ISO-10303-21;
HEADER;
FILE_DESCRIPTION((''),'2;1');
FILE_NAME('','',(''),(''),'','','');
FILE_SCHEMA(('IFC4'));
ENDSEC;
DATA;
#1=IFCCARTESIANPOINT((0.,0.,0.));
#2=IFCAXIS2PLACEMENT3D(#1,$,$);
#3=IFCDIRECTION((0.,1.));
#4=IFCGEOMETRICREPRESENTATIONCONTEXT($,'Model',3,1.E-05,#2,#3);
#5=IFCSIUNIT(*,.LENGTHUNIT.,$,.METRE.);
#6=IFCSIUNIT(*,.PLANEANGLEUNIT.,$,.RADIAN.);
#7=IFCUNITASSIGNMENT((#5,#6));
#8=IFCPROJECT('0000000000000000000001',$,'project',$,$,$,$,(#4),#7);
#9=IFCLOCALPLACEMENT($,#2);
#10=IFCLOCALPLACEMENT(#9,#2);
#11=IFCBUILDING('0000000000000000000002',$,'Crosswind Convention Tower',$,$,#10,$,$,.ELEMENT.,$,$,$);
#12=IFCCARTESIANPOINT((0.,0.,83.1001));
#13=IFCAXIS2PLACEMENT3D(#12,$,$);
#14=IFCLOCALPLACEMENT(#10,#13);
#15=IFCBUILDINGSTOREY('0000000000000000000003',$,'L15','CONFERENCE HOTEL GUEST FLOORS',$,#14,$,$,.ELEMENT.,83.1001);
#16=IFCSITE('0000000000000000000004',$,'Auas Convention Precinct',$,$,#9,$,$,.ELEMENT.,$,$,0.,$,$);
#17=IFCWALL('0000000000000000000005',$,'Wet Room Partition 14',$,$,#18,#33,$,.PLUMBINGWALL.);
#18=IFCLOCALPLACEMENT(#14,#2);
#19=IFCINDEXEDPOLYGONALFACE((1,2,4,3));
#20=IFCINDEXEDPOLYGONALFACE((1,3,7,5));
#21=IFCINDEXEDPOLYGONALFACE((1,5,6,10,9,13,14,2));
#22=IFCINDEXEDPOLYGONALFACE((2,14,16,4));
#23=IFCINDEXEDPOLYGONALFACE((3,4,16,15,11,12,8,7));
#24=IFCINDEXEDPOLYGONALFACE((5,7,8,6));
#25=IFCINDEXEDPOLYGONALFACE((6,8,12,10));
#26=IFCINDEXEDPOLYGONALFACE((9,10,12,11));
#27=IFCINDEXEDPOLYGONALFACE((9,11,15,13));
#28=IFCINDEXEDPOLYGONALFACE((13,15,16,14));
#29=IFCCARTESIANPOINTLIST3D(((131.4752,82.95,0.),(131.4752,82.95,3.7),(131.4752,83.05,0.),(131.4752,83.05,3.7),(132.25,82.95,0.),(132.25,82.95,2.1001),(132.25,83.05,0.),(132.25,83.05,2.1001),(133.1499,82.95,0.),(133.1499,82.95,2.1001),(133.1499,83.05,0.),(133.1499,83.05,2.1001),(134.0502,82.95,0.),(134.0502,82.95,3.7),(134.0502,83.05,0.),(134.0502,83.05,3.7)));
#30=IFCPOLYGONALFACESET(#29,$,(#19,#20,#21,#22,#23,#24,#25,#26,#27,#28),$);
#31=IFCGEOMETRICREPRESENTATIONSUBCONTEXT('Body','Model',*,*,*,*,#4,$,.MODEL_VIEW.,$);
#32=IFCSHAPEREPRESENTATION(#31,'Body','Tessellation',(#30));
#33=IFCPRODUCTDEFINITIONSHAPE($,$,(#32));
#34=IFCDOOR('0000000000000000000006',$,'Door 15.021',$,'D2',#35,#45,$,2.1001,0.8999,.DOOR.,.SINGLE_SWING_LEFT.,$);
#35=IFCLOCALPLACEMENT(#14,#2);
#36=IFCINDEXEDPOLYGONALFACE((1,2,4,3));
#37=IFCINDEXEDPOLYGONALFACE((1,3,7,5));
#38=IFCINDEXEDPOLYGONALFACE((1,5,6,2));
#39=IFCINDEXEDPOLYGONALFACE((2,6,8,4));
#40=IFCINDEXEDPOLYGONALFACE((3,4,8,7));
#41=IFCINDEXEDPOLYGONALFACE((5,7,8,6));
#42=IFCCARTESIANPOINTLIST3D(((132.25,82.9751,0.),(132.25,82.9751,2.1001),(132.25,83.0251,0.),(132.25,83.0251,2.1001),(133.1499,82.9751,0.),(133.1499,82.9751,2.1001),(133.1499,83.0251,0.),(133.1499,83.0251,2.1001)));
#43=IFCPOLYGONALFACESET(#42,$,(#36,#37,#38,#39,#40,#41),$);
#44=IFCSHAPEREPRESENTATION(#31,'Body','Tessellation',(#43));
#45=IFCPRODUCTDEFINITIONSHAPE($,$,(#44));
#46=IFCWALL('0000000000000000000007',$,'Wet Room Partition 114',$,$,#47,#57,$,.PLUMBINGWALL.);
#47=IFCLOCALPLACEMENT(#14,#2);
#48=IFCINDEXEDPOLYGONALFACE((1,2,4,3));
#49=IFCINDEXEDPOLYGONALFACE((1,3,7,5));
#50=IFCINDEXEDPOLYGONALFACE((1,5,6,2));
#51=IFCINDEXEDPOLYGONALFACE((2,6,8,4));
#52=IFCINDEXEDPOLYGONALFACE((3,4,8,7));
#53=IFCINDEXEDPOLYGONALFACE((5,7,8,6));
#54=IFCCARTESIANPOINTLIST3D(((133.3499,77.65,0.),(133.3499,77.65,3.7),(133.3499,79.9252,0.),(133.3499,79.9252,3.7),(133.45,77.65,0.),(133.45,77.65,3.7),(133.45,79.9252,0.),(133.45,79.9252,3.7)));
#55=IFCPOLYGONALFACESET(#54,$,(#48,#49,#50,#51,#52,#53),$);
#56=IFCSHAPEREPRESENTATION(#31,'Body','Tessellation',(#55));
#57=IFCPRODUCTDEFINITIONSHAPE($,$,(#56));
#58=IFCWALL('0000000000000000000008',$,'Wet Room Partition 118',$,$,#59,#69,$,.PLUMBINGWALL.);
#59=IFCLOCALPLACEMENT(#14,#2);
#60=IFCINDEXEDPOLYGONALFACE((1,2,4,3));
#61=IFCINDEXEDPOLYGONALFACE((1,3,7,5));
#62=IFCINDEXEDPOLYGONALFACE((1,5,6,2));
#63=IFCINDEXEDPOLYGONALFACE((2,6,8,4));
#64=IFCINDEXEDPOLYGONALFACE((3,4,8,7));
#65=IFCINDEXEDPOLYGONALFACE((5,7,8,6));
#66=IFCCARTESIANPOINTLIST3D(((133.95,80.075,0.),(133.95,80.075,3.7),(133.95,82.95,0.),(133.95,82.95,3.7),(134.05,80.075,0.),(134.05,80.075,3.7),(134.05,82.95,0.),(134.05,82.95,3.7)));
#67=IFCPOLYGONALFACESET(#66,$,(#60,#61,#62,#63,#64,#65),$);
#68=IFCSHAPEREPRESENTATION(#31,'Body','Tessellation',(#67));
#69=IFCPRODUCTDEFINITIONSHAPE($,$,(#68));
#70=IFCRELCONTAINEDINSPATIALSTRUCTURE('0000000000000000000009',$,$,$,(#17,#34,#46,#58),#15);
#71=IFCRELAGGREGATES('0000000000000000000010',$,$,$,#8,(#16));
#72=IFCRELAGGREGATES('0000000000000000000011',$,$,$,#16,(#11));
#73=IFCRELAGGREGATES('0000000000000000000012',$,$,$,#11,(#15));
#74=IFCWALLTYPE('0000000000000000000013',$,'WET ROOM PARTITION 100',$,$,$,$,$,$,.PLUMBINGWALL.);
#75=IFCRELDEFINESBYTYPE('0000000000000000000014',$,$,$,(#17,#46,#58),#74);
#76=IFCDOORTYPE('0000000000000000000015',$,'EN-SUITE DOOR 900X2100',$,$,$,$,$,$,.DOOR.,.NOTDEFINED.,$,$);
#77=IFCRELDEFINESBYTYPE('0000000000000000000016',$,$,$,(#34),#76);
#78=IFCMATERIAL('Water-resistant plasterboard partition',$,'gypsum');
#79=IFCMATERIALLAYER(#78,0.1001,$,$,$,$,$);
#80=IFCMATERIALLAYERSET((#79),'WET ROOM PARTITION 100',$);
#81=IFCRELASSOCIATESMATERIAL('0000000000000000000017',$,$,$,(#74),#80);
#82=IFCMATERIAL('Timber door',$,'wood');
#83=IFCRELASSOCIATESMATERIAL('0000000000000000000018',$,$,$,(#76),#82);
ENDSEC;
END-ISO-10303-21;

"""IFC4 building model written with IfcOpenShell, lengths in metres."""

from ifc_helpers import new_model, si_unit, direction, frame, frame_2d, origin, place, context, subcontext, project, spatial, rectangle, extrude, material, layer, layer_set, type_object, element, fill, save


model = new_model("IFC4")

# Units and contexts
model_context = context("Model", 3, precision=1e-05, world=origin(), true_north=direction((0.0, 1.0)))
body_context = subcontext(model_context, "Body", "Model", "MODEL_VIEW")
ifc_project = project(units=[si_unit("LENGTHUNIT", "METRE"), si_unit("PLANEANGLEUNIT", "RADIAN")], contexts=[model_context])

# Site, building, storey
site_placement = place(None, origin())
site = spatial("IfcSite", under=ifc_project, at=site_placement, Name="Auas Convention Precinct", CompositionType="ELEMENT", RefElevation=0.0)
building_placement = place(site_placement, origin())
building = spatial("IfcBuilding", under=site, at=building_placement, Name="Crosswind Convention Tower", CompositionType="ELEMENT")
storey_placement = place(building_placement, frame((0.0, 0.0, 83.1001)))
storey = spatial("IfcBuildingStorey", under=building, at=storey_placement, Name="L15", Description="CONFERENCE HOTEL GUEST FLOORS", CompositionType="ELEMENT", Elevation=83.1001)

# Wall, opening, door
ifc_material_1 = material(Name="Water-resistant plasterboard partition", Category="gypsum")
ifc_layer_1 = layer(ifc_material_1, 0.1001)
ifc_layer_set_1 = layer_set([ifc_layer_1], Name="WET ROOM PARTITION 100")
wall_type_1 = type_object("IfcWallType", Name="WET ROOM PARTITION 100", PredefinedType="PLUMBINGWALL", material=ifc_layer_set_1)
ifc_material_2 = material(Name="Timber door", Category="wood")
door_type_1 = type_object("IfcDoorType", Name="EN-SUITE DOOR 900X2100", OperationType="NOTDEFINED", PredefinedType="DOOR", material=ifc_material_2)
wall_1_placement = place(storey_placement, frame((131.4751, 83.0, 0.0), z_axis=(0.0, 0.0, 1.0), x_axis=(1.0, 0.0, 0.0)))
wall_1 = element("IfcWall", 1, at=wall_1_placement, inside=storey, type_object=wall_type_1, Name="Wet Room Partition 14", PredefinedType="PLUMBINGWALL", context=body_context, shape_type="SweptSolid", body=[
    extrude(rectangle(XDim=2.575, YDim=0.1001, at=frame_2d((1.2876, 0.0))), origin(), (0.0, 0.0, 1.0), 3.7),
])
opening_1_placement = place(wall_1_placement, frame((0.7749, 0.0, 0.0)))
opening_1 = element("IfcOpeningElement", 2, at=opening_1_placement, cuts=wall_1, PredefinedType="OPENING", context=body_context, shape_type="SweptSolid", body=[
    extrude(rectangle(XDim=0.8999, YDim=2.1001, at=frame_2d((0.45, 1.05))), frame((0.0, 0.0601, 0.0), z_axis=(0.0, -1.0, 0.0), x_axis=(1.0, 0.0, 0.0)), (0.0, 0.0, 1.0), 0.1201),
])
door_1_placement = place(opening_1_placement, frame((0.8999, 0.0, 0.0), z_axis=(0.0, 0.0, 1.0), x_axis=(-1.0, 0.0, 0.0)))
door_1 = element("IfcDoor", 3, at=door_1_placement, inside=storey, type_object=door_type_1, Name="Door 15.021", ObjectType="D2", OperationType="SINGLE_SWING_LEFT", OverallHeight=2.1001, OverallWidth=0.8999, PredefinedType="DOOR", context=body_context, shape_type="SweptSolid", body=[
    extrude(rectangle(XDim=0.8999, YDim=2.1001, at=frame_2d((0.45, 1.05))), frame((0.0, 0.0249, 0.0), z_axis=(0.0, -1.0, 0.0), x_axis=(1.0, 0.0, 0.0)), (0.0, 0.0, 1.0), 0.05),
])
fill(opening_1, door_1)

# Walls
wall_2_placement = place(storey_placement, frame((133.3999, 77.6499, 0.0), z_axis=(0.0, 0.0, 1.0), x_axis=(0.0, 1.0, 0.0)))
element("IfcWall", 4, at=wall_2_placement, inside=storey, type_object=wall_type_1, Name="Wet Room Partition 114", PredefinedType="PLUMBINGWALL", context=body_context, shape_type="SweptSolid", body=[
    extrude(rectangle(XDim=2.2751, YDim=0.1001, at=frame_2d((1.1377, 0.0))), origin(), (0.0, 0.0, 1.0), 3.7),
])
wall_3_placement = place(storey_placement, frame((134.0, 80.075, 0.0), z_axis=(0.0, 0.0, 1.0), x_axis=(0.0, 1.0, 0.0)))
element("IfcWall", 5, at=wall_3_placement, inside=storey, type_object=wall_type_1, Name="Wet Room Partition 118", PredefinedType="PLUMBINGWALL", context=body_context, shape_type="SweptSolid", body=[
    extrude(rectangle(XDim=2.875, YDim=0.1001, at=frame_2d((1.4375, 0.0))), origin(), (0.0, 0.0, 1.0), 3.7),
])

save(model, "model.ifc")
